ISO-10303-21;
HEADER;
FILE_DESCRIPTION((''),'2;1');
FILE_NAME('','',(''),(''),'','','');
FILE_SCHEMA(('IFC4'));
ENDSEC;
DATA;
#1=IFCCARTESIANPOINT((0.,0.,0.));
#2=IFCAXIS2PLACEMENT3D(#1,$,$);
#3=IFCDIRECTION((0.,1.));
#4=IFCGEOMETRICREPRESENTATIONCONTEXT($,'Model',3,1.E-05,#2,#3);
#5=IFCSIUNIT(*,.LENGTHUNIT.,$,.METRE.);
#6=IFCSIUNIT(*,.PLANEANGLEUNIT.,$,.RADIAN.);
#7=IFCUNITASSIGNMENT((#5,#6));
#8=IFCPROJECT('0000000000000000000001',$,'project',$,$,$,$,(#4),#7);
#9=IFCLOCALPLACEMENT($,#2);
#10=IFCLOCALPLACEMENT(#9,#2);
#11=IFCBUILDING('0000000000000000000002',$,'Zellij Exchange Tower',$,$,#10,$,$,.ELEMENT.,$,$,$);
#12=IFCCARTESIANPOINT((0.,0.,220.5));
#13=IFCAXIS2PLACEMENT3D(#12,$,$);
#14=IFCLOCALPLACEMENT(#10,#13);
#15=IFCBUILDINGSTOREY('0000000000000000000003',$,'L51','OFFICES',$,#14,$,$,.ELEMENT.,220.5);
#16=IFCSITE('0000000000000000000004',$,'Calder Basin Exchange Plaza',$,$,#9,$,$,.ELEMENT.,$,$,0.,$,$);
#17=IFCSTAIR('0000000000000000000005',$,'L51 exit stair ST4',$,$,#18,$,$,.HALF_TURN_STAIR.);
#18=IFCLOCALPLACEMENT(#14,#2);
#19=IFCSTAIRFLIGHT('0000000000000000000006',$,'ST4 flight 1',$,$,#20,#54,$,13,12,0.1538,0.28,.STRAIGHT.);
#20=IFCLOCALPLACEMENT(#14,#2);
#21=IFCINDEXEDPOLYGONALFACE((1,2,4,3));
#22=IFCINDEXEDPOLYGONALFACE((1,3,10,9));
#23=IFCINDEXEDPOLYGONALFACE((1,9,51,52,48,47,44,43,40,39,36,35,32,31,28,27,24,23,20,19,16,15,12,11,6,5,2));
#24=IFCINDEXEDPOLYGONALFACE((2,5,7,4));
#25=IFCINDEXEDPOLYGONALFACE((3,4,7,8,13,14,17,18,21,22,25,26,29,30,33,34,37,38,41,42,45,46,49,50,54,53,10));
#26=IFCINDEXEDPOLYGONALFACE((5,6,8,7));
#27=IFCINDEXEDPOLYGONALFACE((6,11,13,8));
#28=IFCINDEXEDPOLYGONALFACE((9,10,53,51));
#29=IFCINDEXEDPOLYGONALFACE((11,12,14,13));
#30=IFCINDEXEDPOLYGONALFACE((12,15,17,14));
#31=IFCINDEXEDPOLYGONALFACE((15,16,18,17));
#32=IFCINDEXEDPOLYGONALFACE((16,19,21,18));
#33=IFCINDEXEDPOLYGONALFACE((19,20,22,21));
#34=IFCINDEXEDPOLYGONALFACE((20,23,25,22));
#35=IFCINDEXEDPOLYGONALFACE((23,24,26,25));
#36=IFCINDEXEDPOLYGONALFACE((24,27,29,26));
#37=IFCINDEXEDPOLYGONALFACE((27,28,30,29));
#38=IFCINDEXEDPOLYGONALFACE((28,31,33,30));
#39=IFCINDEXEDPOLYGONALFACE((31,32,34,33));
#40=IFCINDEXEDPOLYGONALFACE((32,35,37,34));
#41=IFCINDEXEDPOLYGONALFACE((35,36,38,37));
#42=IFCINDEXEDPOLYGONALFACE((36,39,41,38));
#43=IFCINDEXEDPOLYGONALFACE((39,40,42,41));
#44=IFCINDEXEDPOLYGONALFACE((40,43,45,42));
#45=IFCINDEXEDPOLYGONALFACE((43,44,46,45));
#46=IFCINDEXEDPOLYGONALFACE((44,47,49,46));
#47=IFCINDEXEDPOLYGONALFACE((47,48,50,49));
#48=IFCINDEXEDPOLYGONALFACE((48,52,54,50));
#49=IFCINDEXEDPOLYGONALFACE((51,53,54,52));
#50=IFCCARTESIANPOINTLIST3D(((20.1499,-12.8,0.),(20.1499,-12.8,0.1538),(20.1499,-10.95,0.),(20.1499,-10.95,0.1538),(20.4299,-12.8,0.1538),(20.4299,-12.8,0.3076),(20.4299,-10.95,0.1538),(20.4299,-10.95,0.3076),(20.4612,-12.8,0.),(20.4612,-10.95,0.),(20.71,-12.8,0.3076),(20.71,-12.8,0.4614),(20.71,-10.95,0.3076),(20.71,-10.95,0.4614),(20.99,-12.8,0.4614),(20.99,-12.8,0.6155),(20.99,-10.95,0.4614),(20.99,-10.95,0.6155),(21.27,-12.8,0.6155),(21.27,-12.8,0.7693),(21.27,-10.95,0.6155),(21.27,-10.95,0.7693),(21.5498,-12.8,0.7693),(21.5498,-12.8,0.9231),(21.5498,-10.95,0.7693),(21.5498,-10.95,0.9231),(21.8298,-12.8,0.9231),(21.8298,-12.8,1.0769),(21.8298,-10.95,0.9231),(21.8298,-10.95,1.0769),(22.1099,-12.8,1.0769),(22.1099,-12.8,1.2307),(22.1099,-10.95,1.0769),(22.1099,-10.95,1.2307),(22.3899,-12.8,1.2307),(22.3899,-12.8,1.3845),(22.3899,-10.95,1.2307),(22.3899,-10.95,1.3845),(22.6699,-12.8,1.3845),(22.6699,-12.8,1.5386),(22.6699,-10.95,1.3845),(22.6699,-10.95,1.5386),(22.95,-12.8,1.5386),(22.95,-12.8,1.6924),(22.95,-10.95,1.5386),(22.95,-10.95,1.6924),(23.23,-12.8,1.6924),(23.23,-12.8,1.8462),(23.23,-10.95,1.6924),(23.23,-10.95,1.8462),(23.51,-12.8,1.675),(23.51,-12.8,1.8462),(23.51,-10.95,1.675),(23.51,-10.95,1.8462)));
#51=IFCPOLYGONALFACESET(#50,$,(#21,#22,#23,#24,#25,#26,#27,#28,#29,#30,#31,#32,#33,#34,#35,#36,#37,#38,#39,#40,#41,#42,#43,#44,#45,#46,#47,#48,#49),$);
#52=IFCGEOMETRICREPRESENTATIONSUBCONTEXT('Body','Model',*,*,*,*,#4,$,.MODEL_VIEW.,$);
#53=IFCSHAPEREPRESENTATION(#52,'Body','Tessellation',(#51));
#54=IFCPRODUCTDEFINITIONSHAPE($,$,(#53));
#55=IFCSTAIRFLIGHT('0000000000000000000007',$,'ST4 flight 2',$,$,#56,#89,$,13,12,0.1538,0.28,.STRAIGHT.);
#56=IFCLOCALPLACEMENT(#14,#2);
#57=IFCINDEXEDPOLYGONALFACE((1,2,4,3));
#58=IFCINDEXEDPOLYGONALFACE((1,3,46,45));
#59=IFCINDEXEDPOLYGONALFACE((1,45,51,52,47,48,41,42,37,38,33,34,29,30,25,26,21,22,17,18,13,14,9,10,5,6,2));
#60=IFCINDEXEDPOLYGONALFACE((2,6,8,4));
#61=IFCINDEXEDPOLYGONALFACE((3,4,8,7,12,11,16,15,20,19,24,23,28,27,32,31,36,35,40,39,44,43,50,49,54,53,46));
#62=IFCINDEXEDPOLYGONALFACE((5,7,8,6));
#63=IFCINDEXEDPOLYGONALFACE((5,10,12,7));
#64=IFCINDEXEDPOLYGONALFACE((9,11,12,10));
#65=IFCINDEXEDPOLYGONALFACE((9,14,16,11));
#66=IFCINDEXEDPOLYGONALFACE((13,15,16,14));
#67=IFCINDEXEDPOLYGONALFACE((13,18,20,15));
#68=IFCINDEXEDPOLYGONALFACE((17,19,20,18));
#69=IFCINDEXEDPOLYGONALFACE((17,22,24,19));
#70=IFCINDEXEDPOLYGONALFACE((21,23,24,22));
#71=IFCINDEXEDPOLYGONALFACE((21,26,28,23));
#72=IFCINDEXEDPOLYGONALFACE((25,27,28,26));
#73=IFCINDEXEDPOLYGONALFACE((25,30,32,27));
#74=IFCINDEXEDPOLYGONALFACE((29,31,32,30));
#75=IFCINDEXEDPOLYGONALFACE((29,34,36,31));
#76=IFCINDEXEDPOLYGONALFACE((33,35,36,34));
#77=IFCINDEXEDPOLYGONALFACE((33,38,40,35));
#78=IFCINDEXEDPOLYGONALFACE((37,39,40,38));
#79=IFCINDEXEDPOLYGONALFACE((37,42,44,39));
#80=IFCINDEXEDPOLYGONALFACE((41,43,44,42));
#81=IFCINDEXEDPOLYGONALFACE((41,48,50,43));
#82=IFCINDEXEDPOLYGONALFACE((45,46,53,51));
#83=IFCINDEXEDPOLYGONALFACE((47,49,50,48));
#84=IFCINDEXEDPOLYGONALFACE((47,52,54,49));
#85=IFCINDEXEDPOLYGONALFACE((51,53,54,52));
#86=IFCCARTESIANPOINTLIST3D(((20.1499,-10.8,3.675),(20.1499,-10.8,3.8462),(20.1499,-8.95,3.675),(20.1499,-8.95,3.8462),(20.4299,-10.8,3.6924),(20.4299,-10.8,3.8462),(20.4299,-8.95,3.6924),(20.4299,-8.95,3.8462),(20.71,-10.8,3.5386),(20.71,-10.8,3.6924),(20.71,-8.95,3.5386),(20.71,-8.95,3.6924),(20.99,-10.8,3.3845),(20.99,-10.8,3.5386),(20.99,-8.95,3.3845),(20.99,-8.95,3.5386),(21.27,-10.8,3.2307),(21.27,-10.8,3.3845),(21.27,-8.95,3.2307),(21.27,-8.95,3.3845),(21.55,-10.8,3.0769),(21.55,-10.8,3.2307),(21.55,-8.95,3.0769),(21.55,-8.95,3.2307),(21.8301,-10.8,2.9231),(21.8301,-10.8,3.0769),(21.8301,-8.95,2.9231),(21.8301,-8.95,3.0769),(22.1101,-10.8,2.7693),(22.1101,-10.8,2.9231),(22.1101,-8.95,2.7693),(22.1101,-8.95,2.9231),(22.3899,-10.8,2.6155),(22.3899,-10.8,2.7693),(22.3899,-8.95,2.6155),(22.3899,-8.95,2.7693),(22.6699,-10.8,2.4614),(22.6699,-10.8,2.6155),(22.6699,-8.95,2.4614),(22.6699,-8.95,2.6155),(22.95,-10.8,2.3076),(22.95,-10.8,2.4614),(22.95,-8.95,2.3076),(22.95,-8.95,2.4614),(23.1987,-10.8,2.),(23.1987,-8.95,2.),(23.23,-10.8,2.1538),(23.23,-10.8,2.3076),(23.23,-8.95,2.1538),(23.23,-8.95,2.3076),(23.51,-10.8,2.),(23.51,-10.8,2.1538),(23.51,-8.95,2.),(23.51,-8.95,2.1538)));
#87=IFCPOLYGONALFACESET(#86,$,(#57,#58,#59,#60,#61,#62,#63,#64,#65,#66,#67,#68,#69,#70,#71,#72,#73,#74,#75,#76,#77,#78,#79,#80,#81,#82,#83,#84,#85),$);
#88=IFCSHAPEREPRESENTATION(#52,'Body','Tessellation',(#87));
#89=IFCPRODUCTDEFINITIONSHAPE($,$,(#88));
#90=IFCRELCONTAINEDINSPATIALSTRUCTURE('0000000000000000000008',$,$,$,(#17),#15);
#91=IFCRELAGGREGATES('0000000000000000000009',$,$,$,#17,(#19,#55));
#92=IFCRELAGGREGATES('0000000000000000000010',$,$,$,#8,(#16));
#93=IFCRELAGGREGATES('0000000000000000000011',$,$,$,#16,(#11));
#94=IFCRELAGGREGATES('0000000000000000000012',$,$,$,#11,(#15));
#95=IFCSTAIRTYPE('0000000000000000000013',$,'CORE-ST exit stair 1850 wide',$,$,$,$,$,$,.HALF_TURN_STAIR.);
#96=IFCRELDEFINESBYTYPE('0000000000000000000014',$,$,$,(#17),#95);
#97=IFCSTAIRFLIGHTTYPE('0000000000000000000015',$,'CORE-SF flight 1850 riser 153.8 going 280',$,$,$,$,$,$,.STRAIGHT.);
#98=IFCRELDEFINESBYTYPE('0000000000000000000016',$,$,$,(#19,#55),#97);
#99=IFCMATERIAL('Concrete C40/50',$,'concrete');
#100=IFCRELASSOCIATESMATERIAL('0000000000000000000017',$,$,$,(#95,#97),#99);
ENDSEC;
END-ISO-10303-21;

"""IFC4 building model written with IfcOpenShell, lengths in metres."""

from ifc_helpers import new_model, si_unit, direction, frame, origin, place, context, subcontext, project, spatial, polyline, outline, extrude, material, type_object, element, aggregate, save


model = new_model("IFC4")

# Units and contexts
model_context = context("Model", 3, precision=1e-05, world=origin(), true_north=direction((0.0, 1.0)))
body_context = subcontext(model_context, "Body", "Model", "MODEL_VIEW")
ifc_project = project(units=[si_unit("LENGTHUNIT", "METRE"), si_unit("PLANEANGLEUNIT", "RADIAN")], contexts=[model_context])

# Site, building, storey
site_placement = place(None, origin())
site = spatial("IfcSite", under=ifc_project, at=site_placement, Name="Calder Basin Exchange Plaza", CompositionType="ELEMENT", RefElevation=0.0)
building_placement = place(site_placement, origin())
building = spatial("IfcBuilding", under=site, at=building_placement, Name="Zellij Exchange Tower", CompositionType="ELEMENT")
storey_placement = place(building_placement, frame((0.0, 0.0, 220.5)))
storey = spatial("IfcBuildingStorey", under=building, at=storey_placement, Name="L51", Description="OFFICES", CompositionType="ELEMENT", Elevation=220.5)

# Stair, stair flights
ifc_material_1 = material(Name="Concrete C40/50", Category="concrete")
stair_type = type_object("IfcStairType", Name="CORE-ST exit stair 1850 wide", PredefinedType="HALF_TURN_STAIR", material=ifc_material_1)
stair_placement = place(storey_placement, origin())
stair = element("IfcStair", 1, at=stair_placement, inside=storey, type_object=stair_type, Name="L51 exit stair ST4", PredefinedType="HALF_TURN_STAIR")
stair_flight_type = type_object("IfcStairFlightType", Name="CORE-SF flight 1850 riser 153.8 going 280", PredefinedType="STRAIGHT", material=ifc_material_1)
stair_flight_1_placement = place(storey_placement, frame((20.1499, -11.875, 0.0), z_axis=(0.0, 0.0, 1.0), x_axis=(1.0, 0.0, 0.0)))
stair_flight_1 = element("IfcStairFlight", 2, at=stair_flight_1_placement, type_object=stair_flight_type, Name="ST4 flight 1", NumberOfRisers=13, NumberOfTreads=12, PredefinedType="STRAIGHT", RiserHeight=0.1538, TreadLength=0.28, context=body_context, shape_type="SweptSolid", body=[
    extrude(outline(polyline([(0.0, 0.0), (0.0, 0.1538), (0.28, 0.1538), (0.28, 0.3076), (0.5601, 0.3076), (0.5601, 0.4614), (0.8401, 0.4614), (0.8401, 0.6155), (1.1201, 0.6155), (1.1201, 0.7693), (1.3999, 0.7693), (1.3999, 0.9231), (1.6799, 0.9231), (1.6799, 1.0769), (1.96, 1.0769), (1.96, 1.2307), (2.24, 1.2307), (2.24, 1.3845), (2.52, 1.3845), (2.52, 1.5386), (2.8, 1.5386), (2.8, 1.6924), (3.0801, 1.6924), (3.0801, 1.8462), (3.3601, 1.8462), (3.3601, 2.0), (3.3601, 1.675), (0.3113, 0.0), (0.0, 0.0)])), frame((0.0, 0.925, 0.0), z_axis=(0.0, -1.0, 0.0), x_axis=(1.0, 0.0, 0.0)), (0.0, 0.0, 1.0), 1.8501),
])
stair_flight_2_placement = place(storey_placement, frame((23.51, -9.875, 2.0), z_axis=(0.0, 0.0, 1.0), x_axis=(-1.0, 0.0, 0.0)))
stair_flight_2 = element("IfcStairFlight", 3, at=stair_flight_2_placement, type_object=stair_flight_type, Name="ST4 flight 2", NumberOfRisers=13, NumberOfTreads=12, PredefinedType="STRAIGHT", RiserHeight=0.1538, TreadLength=0.28, context=body_context, shape_type="SweptSolid", body=[
    extrude(outline(polyline([(0.0, 0.0), (0.0, 0.1538), (0.28, 0.1538), (0.28, 0.3076), (0.5601, 0.3076), (0.5601, 0.4614), (0.8401, 0.4614), (0.8401, 0.6155), (1.1201, 0.6155), (1.1201, 0.7693), (1.3999, 0.7693), (1.3999, 0.9231), (1.6799, 0.9231), (1.6799, 1.0769), (1.96, 1.0769), (1.96, 1.2307), (2.24, 1.2307), (2.24, 1.3845), (2.52, 1.3845), (2.52, 1.5386), (2.8, 1.5386), (2.8, 1.6924), (3.0801, 1.6924), (3.0801, 1.8462), (3.3601, 1.8462), (3.3601, 2.0), (3.3601, 1.675), (0.3113, 0.0), (0.0, 0.0)])), frame((0.0, 0.925, 0.0), z_axis=(0.0, -1.0, 0.0), x_axis=(1.0, 0.0, 0.0)), (0.0, 0.0, 1.0), 1.8501),
])
aggregate(stair, [stair_flight_1, stair_flight_2])

save(model, "model.ifc")
